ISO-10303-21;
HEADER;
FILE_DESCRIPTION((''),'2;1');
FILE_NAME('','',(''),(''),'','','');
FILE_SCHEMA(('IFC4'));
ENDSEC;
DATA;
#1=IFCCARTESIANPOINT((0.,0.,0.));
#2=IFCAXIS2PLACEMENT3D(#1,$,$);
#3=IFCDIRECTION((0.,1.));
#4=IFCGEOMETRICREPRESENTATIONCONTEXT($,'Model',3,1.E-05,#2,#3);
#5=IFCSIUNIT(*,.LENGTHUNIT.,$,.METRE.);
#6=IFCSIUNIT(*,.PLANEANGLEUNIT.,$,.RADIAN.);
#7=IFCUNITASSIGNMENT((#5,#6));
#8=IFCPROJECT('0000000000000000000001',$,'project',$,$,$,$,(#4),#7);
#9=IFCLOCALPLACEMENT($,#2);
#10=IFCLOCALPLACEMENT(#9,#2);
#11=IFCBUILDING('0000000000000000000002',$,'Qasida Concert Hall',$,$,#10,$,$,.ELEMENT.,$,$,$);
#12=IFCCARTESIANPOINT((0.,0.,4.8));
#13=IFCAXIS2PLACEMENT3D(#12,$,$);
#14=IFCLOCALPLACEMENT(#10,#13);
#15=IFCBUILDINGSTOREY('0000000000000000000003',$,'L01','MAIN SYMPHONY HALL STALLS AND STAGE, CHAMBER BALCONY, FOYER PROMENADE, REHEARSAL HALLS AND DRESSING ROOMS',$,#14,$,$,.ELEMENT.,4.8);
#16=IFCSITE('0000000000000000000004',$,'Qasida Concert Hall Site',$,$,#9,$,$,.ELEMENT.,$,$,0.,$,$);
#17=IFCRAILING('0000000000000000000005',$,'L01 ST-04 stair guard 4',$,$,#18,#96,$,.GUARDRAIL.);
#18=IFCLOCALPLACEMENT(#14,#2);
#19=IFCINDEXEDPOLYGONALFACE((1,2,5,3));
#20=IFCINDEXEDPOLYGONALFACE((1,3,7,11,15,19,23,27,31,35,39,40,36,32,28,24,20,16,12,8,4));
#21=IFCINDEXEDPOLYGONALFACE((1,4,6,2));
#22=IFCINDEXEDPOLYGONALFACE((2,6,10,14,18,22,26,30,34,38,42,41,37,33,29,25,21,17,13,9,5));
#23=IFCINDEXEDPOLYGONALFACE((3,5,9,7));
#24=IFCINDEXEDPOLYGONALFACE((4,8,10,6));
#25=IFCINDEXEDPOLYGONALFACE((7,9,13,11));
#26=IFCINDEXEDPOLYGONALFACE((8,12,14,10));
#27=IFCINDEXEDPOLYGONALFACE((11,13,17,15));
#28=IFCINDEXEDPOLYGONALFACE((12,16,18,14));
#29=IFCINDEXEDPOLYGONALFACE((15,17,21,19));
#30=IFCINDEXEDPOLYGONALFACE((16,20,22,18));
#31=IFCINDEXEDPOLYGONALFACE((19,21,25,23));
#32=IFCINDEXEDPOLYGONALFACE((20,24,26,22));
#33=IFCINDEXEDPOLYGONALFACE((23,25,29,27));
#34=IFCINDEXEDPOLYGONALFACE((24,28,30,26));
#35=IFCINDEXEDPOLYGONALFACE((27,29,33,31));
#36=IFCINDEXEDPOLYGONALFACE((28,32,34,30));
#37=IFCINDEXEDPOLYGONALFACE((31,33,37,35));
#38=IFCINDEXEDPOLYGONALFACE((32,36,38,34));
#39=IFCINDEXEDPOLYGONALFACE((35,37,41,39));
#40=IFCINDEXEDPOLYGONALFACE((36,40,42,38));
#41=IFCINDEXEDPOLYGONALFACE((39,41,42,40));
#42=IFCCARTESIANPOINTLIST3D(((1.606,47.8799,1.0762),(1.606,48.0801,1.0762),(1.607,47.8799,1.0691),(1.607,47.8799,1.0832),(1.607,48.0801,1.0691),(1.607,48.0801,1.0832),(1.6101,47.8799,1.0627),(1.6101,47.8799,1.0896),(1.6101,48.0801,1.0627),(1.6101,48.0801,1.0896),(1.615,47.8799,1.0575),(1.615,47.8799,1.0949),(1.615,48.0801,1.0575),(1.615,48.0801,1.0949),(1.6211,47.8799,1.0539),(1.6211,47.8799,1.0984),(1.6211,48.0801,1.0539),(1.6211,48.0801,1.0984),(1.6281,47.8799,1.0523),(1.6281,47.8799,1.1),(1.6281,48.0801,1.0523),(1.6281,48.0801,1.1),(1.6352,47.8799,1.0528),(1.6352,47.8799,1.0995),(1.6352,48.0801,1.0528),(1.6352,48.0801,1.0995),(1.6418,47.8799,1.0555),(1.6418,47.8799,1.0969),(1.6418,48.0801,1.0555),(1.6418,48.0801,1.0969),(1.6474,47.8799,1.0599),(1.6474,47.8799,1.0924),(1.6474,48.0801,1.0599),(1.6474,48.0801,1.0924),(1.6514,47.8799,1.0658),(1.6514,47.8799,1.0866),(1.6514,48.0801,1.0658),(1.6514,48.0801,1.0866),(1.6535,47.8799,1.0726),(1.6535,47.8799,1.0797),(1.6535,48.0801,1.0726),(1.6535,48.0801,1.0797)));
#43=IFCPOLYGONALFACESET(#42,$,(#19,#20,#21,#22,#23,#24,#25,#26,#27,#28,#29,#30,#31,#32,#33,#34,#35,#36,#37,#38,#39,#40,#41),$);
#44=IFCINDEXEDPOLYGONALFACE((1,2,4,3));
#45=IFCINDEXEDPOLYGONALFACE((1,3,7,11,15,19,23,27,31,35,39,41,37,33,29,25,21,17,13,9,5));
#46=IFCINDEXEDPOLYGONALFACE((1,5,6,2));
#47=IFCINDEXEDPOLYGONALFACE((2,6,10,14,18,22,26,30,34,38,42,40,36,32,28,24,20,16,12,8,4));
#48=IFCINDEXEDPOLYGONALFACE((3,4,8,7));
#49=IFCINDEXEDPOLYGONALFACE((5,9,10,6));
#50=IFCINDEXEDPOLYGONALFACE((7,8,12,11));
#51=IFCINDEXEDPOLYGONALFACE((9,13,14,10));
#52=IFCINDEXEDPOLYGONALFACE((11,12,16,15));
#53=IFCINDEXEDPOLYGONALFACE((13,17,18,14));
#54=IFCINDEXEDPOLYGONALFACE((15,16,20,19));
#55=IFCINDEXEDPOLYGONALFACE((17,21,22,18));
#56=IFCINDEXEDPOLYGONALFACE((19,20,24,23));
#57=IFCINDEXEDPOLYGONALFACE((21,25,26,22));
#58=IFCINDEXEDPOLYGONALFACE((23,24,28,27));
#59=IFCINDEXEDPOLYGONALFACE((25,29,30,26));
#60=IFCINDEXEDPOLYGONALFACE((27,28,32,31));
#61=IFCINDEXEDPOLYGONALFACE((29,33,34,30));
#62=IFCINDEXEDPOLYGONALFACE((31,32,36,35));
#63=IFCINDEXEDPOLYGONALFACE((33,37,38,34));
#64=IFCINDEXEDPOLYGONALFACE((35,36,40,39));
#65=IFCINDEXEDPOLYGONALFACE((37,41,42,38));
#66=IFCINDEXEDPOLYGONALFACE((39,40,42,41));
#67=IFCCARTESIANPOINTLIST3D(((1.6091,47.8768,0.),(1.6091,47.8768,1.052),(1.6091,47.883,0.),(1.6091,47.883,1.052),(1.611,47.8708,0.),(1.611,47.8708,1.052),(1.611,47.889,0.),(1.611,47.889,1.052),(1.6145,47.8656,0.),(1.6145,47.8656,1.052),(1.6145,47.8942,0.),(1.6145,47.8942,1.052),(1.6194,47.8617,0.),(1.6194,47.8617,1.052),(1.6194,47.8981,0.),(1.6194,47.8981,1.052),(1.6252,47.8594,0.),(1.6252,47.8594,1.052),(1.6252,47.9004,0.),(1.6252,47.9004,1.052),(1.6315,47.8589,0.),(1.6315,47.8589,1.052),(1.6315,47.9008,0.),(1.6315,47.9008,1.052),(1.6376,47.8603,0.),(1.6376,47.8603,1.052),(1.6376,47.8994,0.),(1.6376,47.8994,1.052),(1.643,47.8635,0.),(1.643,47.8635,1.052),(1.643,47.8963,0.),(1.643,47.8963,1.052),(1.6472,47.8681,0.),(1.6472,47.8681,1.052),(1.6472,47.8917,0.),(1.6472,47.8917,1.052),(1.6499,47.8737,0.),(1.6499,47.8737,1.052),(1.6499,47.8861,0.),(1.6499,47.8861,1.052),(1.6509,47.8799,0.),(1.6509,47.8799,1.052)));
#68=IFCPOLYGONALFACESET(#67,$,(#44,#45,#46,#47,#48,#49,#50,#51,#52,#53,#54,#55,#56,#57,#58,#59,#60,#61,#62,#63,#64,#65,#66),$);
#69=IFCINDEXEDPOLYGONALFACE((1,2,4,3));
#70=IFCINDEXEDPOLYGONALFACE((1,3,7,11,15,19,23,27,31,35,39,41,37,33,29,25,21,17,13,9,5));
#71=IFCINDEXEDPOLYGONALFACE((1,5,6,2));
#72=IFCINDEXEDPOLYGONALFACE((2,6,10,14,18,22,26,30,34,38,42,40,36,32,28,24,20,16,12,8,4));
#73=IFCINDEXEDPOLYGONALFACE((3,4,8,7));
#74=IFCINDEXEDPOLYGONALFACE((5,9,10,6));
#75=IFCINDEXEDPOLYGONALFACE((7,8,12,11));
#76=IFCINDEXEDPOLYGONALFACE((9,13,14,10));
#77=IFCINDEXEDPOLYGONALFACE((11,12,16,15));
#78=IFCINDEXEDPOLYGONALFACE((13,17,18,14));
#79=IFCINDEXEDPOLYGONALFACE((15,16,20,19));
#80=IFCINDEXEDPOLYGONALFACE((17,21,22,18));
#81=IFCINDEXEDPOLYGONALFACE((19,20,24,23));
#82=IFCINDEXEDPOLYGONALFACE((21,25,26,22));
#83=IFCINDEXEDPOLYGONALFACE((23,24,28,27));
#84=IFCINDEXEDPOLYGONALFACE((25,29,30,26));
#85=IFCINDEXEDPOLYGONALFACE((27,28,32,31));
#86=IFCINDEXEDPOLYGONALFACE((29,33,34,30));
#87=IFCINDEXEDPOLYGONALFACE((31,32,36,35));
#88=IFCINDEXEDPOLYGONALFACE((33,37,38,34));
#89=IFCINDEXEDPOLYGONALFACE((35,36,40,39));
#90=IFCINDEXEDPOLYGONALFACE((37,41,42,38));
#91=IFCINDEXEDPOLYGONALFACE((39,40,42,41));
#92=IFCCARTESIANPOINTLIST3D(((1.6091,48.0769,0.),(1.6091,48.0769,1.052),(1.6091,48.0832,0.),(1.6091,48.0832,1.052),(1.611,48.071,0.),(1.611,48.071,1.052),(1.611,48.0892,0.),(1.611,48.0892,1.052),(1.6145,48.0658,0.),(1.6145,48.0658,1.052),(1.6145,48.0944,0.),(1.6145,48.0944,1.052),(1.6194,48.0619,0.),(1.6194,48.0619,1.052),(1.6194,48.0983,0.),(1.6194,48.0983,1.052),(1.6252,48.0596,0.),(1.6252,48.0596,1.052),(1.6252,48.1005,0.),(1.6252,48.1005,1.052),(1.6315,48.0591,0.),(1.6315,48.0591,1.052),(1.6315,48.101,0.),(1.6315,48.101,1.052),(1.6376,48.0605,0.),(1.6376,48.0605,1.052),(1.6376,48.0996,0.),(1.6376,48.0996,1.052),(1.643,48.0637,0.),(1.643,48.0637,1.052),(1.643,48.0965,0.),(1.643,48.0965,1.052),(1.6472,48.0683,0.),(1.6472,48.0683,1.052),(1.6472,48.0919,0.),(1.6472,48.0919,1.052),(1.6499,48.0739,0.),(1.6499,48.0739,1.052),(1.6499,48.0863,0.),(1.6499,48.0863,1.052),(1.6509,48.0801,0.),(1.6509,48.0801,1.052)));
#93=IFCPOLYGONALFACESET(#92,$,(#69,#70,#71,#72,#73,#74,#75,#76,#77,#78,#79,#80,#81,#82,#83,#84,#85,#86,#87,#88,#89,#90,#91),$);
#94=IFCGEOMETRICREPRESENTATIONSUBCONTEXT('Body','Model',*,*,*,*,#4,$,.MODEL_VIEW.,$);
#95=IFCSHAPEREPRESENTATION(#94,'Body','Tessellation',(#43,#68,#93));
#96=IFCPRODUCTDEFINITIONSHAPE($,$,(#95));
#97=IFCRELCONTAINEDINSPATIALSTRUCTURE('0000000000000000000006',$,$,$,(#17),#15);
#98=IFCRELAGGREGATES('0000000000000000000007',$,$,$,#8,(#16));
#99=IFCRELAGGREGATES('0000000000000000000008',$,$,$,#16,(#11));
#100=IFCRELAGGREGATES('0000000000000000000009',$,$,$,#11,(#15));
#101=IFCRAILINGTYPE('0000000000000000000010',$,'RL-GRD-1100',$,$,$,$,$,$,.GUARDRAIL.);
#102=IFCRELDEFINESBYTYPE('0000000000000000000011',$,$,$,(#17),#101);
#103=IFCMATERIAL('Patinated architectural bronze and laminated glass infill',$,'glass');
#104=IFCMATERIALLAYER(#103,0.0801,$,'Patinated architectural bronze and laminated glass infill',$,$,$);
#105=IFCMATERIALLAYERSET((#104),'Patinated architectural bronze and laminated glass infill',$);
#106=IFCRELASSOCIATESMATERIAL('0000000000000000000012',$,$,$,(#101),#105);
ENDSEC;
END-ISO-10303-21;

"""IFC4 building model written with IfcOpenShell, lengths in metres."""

from ifc_helpers import new_model, si_unit, direction, frame, origin, origin_2d, place, context, subcontext, project, spatial, circle, extrude, material, layer, layer_set, type_object, element, save


model = new_model("IFC4")

# Units and contexts
model_context = context("Model", 3, precision=1e-05, world=origin(), true_north=direction((0.0, 1.0)))
body_context = subcontext(model_context, "Body", "Model", "MODEL_VIEW")
ifc_project = project(units=[si_unit("LENGTHUNIT", "METRE"), si_unit("PLANEANGLEUNIT", "RADIAN")], contexts=[model_context])

# Site, building, storey
site_placement = place(None, origin())
site = spatial("IfcSite", under=ifc_project, at=site_placement, Name="Qasida Concert Hall Site", CompositionType="ELEMENT", RefElevation=0.0)
building_placement = place(site_placement, origin())
building = spatial("IfcBuilding", under=site, at=building_placement, Name="Qasida Concert Hall", CompositionType="ELEMENT")
storey_placement = place(building_placement, frame((0.0, 0.0, 4.8)))
storey = spatial("IfcBuildingStorey", under=building, at=storey_placement, Name="L01", Description="MAIN SYMPHONY HALL STALLS AND STAGE, CHAMBER BALCONY, FOYER PROMENADE, REHEARSAL HALLS AND DRESSING ROOMS", CompositionType="ELEMENT", Elevation=4.8)

# Railing
ifc_material_1 = material(Name="Patinated architectural bronze and laminated glass infill", Category="glass")
ifc_layer_1 = layer(ifc_material_1, 0.0801, Name="Patinated architectural bronze and laminated glass infill")
ifc_layer_set_1 = layer_set([ifc_layer_1], Name="Patinated architectural bronze and laminated glass infill")
railing_type_1 = type_object("IfcRailingType", Name="RL-GRD-1100", PredefinedType="GUARDRAIL", material=ifc_layer_set_1)
railing_1_placement = place(storey_placement, frame((1.6299, 47.8799, 0.0)))
element("IfcRailing", 1, at=railing_1_placement, inside=storey, type_object=railing_type_1, Name="L01 ST-04 stair guard 4", PredefinedType="GUARDRAIL", context=body_context, shape_type="SweptSolid", body=[
    extrude(circle(Radius=0.0239, at=origin_2d()), frame((0.0, 0.0, 1.0762), z_axis=(0.0, 1.0, 0.0), x_axis=(-1.0, 0.0, 0.0)), (0.0, 0.0, 1.0), 0.2002),
    extrude(circle(Radius=0.021, at=origin_2d()), origin(), (0.0, 0.0, 1.0), 1.052),
    extrude(circle(Radius=0.021, at=origin_2d()), frame((0.0, 0.2002, 0.0)), (0.0, 0.0, 1.0), 1.052),
])

save(model, "model.ifc")
